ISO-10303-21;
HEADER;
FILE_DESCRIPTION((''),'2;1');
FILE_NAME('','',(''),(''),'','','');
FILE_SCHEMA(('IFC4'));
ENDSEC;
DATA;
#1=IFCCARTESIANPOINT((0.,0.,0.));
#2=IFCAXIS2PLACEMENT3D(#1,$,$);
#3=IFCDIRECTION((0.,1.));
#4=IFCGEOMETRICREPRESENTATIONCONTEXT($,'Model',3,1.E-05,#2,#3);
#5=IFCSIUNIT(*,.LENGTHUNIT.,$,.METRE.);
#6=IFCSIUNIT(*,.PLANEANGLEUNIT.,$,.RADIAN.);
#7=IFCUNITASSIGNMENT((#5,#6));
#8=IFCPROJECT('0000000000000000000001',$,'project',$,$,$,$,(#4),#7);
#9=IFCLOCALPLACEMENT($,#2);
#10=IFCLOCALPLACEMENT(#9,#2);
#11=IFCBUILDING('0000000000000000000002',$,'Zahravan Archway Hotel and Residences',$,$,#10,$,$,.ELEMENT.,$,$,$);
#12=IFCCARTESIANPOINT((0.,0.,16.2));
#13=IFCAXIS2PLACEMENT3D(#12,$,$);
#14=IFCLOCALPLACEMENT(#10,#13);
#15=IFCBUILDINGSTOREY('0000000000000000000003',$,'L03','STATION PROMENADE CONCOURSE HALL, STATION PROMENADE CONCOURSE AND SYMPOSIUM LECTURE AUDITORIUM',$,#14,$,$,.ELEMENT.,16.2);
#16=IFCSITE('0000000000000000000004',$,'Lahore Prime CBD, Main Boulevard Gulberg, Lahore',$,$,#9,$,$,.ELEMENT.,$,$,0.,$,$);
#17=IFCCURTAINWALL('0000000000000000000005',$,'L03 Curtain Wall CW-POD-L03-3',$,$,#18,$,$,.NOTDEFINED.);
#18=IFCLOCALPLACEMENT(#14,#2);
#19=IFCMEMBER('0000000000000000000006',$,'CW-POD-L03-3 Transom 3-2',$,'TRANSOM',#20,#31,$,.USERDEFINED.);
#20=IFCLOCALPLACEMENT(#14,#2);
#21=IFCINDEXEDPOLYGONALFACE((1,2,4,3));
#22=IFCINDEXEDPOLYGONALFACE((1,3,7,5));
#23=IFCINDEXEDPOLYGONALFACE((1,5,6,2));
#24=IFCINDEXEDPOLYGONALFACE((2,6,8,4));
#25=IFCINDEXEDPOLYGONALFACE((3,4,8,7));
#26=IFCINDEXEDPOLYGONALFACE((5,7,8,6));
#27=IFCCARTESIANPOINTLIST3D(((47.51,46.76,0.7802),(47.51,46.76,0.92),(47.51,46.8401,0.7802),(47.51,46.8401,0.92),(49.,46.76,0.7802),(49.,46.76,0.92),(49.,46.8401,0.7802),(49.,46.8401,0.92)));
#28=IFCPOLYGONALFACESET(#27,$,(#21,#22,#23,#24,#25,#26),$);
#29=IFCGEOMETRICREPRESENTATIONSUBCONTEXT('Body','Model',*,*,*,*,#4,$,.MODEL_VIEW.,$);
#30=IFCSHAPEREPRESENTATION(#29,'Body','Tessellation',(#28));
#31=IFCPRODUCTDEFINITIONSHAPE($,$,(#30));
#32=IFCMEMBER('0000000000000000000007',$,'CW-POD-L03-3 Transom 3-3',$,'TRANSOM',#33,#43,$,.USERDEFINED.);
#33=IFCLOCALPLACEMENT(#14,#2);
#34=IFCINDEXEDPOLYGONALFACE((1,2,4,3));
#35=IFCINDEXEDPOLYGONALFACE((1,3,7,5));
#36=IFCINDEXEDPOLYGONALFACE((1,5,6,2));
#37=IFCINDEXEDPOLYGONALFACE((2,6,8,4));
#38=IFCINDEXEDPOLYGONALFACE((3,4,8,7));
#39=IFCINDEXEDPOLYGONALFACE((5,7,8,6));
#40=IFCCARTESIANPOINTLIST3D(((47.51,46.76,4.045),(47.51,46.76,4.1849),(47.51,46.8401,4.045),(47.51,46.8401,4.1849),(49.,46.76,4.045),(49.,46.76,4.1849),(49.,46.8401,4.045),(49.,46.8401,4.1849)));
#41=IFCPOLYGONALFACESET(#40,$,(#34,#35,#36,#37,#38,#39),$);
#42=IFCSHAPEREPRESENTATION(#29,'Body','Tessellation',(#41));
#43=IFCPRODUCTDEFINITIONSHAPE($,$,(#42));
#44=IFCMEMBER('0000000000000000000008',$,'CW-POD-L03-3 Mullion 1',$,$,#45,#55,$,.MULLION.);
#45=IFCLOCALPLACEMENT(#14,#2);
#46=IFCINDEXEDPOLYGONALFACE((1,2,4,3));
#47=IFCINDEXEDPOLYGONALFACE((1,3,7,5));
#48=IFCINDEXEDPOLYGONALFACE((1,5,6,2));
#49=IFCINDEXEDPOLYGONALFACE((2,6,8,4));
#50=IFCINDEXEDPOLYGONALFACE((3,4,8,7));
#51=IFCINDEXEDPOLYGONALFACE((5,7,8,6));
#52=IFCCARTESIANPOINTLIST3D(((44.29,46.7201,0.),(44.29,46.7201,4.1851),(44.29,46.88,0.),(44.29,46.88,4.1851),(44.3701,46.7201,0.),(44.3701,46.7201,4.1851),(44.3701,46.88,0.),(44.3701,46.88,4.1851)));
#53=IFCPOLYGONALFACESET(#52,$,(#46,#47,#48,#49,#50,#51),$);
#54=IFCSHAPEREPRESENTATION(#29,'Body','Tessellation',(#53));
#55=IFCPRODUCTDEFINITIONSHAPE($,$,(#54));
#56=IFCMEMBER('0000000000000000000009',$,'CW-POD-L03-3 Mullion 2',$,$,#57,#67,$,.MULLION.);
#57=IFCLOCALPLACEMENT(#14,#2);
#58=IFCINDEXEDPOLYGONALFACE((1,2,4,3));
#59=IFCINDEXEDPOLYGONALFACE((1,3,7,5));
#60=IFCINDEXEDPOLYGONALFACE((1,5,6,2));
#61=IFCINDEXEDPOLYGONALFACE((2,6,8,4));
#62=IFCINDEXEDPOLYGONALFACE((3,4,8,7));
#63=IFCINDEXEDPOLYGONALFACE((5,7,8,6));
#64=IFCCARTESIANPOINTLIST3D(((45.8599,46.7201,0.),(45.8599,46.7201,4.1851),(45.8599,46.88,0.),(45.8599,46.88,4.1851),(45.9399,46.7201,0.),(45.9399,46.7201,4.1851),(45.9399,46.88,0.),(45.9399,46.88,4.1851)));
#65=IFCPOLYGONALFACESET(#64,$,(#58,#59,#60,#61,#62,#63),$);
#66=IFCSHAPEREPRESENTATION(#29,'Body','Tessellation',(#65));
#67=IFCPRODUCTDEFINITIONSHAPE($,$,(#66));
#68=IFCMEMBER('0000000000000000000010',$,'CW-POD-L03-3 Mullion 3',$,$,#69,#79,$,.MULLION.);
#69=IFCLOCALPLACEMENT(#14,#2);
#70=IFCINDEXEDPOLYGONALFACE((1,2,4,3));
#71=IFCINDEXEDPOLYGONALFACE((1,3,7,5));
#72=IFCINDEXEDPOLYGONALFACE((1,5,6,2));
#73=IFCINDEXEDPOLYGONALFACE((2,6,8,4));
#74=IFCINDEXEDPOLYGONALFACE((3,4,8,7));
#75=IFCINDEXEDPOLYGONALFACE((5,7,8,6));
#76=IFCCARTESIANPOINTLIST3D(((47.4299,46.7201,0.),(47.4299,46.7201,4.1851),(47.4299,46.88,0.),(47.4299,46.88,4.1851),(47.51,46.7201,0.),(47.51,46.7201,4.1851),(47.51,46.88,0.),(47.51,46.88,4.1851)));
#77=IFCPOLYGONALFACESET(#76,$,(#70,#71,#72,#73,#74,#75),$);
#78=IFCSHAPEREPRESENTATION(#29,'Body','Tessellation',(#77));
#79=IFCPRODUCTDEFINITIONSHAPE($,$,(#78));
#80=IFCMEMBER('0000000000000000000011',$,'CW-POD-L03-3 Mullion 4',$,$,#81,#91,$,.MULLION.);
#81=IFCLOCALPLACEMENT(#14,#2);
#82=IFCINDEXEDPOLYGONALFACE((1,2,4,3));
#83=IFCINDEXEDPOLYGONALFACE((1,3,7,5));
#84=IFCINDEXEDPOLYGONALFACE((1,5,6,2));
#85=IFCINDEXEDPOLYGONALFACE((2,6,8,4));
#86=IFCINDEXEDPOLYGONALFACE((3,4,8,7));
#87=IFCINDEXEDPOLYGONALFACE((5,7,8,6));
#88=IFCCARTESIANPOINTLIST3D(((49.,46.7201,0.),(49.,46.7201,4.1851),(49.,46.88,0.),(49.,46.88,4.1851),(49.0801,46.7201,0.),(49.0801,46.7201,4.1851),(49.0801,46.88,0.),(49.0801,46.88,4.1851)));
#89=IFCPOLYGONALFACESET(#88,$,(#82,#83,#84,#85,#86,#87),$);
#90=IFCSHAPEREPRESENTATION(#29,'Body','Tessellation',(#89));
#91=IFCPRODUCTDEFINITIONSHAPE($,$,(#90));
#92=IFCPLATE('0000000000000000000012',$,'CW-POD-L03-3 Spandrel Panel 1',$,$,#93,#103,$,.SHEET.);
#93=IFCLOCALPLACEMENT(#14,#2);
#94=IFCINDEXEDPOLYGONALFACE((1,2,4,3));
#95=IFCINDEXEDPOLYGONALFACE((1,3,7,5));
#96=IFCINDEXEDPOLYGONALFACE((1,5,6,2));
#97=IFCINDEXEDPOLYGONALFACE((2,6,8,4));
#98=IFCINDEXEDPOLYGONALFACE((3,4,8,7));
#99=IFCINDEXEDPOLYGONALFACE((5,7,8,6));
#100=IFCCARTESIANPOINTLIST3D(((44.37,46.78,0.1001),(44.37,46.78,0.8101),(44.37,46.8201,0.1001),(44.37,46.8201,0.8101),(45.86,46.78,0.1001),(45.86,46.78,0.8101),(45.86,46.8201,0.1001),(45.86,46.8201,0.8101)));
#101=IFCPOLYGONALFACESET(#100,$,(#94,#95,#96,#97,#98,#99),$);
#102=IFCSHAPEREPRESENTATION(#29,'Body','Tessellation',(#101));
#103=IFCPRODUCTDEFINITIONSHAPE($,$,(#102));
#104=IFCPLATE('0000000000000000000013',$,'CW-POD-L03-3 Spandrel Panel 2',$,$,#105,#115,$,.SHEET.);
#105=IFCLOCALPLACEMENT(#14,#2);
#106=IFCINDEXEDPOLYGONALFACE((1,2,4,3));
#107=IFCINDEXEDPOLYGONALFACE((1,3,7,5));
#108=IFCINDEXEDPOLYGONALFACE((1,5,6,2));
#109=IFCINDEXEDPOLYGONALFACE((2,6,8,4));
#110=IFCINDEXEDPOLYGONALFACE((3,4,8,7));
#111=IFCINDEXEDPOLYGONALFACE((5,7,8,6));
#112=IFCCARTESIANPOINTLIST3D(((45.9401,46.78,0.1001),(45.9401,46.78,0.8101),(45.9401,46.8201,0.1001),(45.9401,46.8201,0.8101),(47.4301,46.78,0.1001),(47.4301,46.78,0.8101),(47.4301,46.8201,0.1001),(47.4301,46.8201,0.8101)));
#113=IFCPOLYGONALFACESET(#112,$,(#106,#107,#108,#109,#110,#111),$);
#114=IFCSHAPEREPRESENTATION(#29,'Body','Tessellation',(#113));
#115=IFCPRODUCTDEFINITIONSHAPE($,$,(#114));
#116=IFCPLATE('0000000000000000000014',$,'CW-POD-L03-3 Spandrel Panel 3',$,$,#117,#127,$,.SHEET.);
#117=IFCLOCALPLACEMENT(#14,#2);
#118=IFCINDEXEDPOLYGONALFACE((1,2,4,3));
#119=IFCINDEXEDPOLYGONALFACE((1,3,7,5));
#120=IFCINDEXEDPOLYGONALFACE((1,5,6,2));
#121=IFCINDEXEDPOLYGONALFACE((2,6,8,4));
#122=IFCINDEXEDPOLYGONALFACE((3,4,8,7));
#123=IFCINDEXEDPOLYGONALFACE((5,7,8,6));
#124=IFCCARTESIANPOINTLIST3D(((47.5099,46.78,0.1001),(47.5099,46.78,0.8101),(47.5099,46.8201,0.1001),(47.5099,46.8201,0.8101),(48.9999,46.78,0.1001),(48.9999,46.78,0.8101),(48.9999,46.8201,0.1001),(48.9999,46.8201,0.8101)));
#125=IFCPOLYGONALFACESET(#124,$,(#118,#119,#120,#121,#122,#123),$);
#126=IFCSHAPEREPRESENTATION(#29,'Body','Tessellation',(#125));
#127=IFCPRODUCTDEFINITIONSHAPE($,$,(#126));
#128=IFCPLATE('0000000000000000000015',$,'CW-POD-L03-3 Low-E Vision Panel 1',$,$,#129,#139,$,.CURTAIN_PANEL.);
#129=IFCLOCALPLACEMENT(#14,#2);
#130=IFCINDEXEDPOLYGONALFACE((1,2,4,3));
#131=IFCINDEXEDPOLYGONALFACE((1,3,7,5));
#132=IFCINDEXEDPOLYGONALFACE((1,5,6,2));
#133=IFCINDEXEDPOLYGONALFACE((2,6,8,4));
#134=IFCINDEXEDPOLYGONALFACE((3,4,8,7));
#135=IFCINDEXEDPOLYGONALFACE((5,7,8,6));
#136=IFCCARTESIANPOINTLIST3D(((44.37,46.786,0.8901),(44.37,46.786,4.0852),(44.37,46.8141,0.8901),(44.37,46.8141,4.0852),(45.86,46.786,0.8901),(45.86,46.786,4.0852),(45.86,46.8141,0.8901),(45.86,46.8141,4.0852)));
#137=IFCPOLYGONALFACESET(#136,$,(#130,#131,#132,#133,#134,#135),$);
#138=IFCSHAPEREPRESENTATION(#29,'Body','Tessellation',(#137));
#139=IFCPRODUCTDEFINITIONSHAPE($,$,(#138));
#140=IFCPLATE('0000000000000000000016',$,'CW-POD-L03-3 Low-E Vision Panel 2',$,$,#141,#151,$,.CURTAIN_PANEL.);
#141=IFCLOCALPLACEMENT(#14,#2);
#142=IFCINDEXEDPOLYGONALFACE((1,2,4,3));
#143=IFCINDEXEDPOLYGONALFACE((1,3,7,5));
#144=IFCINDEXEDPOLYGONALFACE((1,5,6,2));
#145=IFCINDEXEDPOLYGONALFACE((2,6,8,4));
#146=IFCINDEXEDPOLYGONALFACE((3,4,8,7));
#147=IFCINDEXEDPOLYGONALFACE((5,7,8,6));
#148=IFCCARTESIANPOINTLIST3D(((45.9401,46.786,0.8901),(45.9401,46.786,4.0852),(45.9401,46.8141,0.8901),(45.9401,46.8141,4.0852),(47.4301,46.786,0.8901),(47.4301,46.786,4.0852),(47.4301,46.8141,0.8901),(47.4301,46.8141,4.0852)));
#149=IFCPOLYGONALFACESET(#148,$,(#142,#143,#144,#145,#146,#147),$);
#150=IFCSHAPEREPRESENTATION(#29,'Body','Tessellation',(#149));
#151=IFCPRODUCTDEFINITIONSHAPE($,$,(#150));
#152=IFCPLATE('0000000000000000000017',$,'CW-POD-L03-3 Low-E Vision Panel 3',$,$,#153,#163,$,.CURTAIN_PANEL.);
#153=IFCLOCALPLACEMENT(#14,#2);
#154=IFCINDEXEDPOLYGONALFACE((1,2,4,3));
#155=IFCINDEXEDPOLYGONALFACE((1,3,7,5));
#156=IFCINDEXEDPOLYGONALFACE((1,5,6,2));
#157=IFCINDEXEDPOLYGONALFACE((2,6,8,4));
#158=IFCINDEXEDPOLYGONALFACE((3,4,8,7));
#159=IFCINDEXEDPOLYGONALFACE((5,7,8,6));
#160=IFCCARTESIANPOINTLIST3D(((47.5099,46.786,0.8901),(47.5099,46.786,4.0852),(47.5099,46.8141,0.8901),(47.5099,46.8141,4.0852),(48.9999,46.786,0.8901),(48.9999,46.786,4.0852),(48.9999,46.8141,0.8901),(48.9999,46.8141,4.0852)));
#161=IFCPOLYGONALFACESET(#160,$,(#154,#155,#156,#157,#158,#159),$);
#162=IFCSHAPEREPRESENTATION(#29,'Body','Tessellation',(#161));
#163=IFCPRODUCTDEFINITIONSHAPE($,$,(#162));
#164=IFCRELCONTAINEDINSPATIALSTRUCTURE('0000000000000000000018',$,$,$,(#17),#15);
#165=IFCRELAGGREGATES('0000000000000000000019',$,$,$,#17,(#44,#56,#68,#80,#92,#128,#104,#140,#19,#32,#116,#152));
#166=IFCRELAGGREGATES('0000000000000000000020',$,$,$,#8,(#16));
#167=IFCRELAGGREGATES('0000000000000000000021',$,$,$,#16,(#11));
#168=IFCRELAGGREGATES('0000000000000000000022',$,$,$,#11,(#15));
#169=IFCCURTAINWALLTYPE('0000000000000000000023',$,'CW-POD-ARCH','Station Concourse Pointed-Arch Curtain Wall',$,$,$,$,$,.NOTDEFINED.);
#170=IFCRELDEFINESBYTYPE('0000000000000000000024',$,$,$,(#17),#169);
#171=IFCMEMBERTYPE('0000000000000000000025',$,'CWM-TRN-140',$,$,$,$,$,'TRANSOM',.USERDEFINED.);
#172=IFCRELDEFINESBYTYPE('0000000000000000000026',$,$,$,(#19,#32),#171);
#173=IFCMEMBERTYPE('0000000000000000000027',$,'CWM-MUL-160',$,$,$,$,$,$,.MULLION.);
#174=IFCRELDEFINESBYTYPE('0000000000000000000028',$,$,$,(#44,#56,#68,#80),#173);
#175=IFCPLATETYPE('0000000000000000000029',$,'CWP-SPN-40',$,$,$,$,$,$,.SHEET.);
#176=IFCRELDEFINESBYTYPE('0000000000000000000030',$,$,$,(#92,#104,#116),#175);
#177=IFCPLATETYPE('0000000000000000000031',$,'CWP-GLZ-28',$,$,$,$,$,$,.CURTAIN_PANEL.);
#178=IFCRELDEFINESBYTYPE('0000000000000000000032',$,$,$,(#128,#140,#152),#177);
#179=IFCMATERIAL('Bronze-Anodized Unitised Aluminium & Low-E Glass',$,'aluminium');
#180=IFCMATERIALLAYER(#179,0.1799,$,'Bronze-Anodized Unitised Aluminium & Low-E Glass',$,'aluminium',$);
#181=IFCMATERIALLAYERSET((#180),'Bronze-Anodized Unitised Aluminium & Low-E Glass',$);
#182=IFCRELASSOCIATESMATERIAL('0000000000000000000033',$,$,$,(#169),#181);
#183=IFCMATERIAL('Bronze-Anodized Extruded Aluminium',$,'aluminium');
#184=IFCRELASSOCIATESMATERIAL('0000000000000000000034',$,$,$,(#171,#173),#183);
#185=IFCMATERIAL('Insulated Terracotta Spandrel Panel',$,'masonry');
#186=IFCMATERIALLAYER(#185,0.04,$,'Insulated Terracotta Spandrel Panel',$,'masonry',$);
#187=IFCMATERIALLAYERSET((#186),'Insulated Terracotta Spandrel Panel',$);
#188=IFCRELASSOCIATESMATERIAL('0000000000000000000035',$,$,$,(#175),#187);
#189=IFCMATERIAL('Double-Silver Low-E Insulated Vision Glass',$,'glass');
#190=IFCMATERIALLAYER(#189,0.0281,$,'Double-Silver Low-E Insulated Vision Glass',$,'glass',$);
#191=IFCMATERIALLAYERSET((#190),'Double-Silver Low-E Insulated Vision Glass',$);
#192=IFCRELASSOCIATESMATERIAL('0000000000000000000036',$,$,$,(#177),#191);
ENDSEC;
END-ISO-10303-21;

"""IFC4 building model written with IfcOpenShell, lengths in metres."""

from ifc_helpers import new_model, si_unit, direction, frame, origin, origin_2d, place, context, subcontext, project, spatial, rectangle, extrude, source, transform, mapped, material, layer, layer_set, material_profile, profile_set, type_object, element, aggregate, save


model = new_model("IFC4")

# Units and contexts
model_context = context("Model", 3, precision=1e-05, world=origin(), true_north=direction((0.0, 1.0)))
body_context = subcontext(model_context, "Body", "Model", "MODEL_VIEW")
ifc_project = project(units=[si_unit("LENGTHUNIT", "METRE"), si_unit("PLANEANGLEUNIT", "RADIAN")], contexts=[model_context])

# Site, building, storey
site_placement = place(None, origin())
site = spatial("IfcSite", under=ifc_project, at=site_placement, Name="Lahore Prime CBD, Main Boulevard Gulberg, Lahore", CompositionType="ELEMENT", RefElevation=0.0)
building_placement = place(site_placement, origin())
building = spatial("IfcBuilding", under=site, at=building_placement, Name="Zahravan Archway Hotel and Residences", CompositionType="ELEMENT")
storey_placement = place(building_placement, frame((0.0, 0.0, 16.2)))
storey = spatial("IfcBuildingStorey", under=building, at=storey_placement, Name="L03", Description="STATION PROMENADE CONCOURSE HALL, STATION PROMENADE CONCOURSE AND SYMPOSIUM LECTURE AUDITORIUM", CompositionType="ELEMENT", Elevation=16.2)

# Curtain wall, members, plates
ifc_material_1 = material(Name="Bronze-Anodized Unitised Aluminium & Low-E Glass", Category="aluminium")
ifc_layer_1 = layer(ifc_material_1, 0.1799, Name="Bronze-Anodized Unitised Aluminium & Low-E Glass", Category="aluminium")
ifc_layer_set_1 = layer_set([ifc_layer_1], Name="Bronze-Anodized Unitised Aluminium & Low-E Glass")
curtain_wall_type = type_object("IfcCurtainWallType", Name="CW-POD-ARCH", Description="Station Concourse Pointed-Arch Curtain Wall", PredefinedType="NOTDEFINED", material=ifc_layer_set_1)
curtain_wall_placement = place(storey_placement, origin())
curtain_wall = element("IfcCurtainWall", 1, at=curtain_wall_placement, inside=storey, type_object=curtain_wall_type, Name="L03 Curtain Wall CW-POD-L03-3", PredefinedType="NOTDEFINED")
ifc_material_2 = material(Name="Bronze-Anodized Extruded Aluminium", Category="aluminium")
ifc_material_profile_1 = material_profile(ifc_material_2, rectangle(XDim=0.0801, YDim=0.1399, at=origin_2d()), Name="TRN 80x140", Category="aluminium")
ifc_profile_set_1 = profile_set([ifc_material_profile_1], Name="Bronze-Anodized Extruded Aluminium")
member_type_1 = type_object("IfcMemberType", Name="CWM-TRN-140", ElementType="TRANSOM", PredefinedType="USERDEFINED", material=ifc_profile_set_1)
shared_shape_1 = source(origin(), body_context, "Body", "SweptSolid", [
    extrude(rectangle(XDim=0.0801, YDim=0.1399, at=origin_2d()), origin(), (0.0, 0.0, 1.0), 1.49),
])
member_1_placement = place(storey_placement, frame((47.51, 46.8, 0.8501), z_axis=(1.0, 0.0, 0.0), x_axis=(0.0, 1.0, 0.0)))
member_1 = element("IfcMember", 2, at=member_1_placement, type_object=member_type_1, Name="CW-POD-L03-3 Transom 3-2", ObjectType="TRANSOM", PredefinedType="USERDEFINED", context=body_context, shape_type="MappedRepresentation", body=[
    mapped(shared_shape_1, transform((0.0, 0.0, 0.0), scale=1.0)),
])
member_2_placement = place(storey_placement, frame((47.51, 46.8, 4.115), z_axis=(1.0, 0.0, 0.0), x_axis=(0.0, 1.0, 0.0)))
member_2 = element("IfcMember", 3, at=member_2_placement, type_object=member_type_1, Name="CW-POD-L03-3 Transom 3-3", ObjectType="TRANSOM", PredefinedType="USERDEFINED", context=body_context, shape_type="MappedRepresentation", body=[
    mapped(shared_shape_1, transform((0.0, 0.0, 0.0), scale=1.0)),
])
ifc_material_profile_2 = material_profile(ifc_material_2, rectangle(XDim=0.0801, YDim=0.1599, at=origin_2d()), Name="MUL 80x160", Category="aluminium")
ifc_profile_set_2 = profile_set([ifc_material_profile_2], Name="Bronze-Anodized Extruded Aluminium")
member_type_2 = type_object("IfcMemberType", Name="CWM-MUL-160", PredefinedType="MULLION", material=ifc_profile_set_2)
shared_shape_2 = source(origin(), body_context, "Body", "SweptSolid", [
    extrude(rectangle(XDim=0.0801, YDim=0.1599, at=origin_2d()), origin(), (0.0, 0.0, 1.0), 4.1851),
])
member_3_placement = place(storey_placement, frame((44.3301, 46.8, 0.0), z_axis=(0.0, 0.0, 1.0), x_axis=(1.0, 0.0, 0.0)))
member_3 = element("IfcMember", 4, at=member_3_placement, type_object=member_type_2, Name="CW-POD-L03-3 Mullion 1", PredefinedType="MULLION", context=body_context, shape_type="MappedRepresentation", body=[
    mapped(shared_shape_2, transform((0.0, 0.0, 0.0), scale=1.0)),
])
member_4_placement = place(storey_placement, frame((45.8999, 46.8, 0.0), z_axis=(0.0, 0.0, 1.0), x_axis=(1.0, 0.0, 0.0)))
member_4 = element("IfcMember", 5, at=member_4_placement, type_object=member_type_2, Name="CW-POD-L03-3 Mullion 2", PredefinedType="MULLION", context=body_context, shape_type="MappedRepresentation", body=[
    mapped(shared_shape_2, transform((0.0, 0.0, 0.0), scale=1.0)),
])
member_5_placement = place(storey_placement, frame((47.47, 46.8, 0.0), z_axis=(0.0, 0.0, 1.0), x_axis=(1.0, 0.0, 0.0)))
member_5 = element("IfcMember", 6, at=member_5_placement, type_object=member_type_2, Name="CW-POD-L03-3 Mullion 3", PredefinedType="MULLION", context=body_context, shape_type="MappedRepresentation", body=[
    mapped(shared_shape_2, transform((0.0, 0.0, 0.0), scale=1.0)),
])
member_6_placement = place(storey_placement, frame((49.04, 46.8, 0.0), z_axis=(0.0, 0.0, 1.0), x_axis=(1.0, 0.0, 0.0)))
member_6 = element("IfcMember", 7, at=member_6_placement, type_object=member_type_2, Name="CW-POD-L03-3 Mullion 4", PredefinedType="MULLION", context=body_context, shape_type="MappedRepresentation", body=[
    mapped(shared_shape_2, transform((0.0, 0.0, 0.0), scale=1.0)),
])
ifc_material_3 = material(Name="Insulated Terracotta Spandrel Panel", Category="masonry")
ifc_layer_2 = layer(ifc_material_3, 0.04, Name="Insulated Terracotta Spandrel Panel", Category="masonry")
ifc_layer_set_2 = layer_set([ifc_layer_2], Name="Insulated Terracotta Spandrel Panel")
plate_type_1 = type_object("IfcPlateType", Name="CWP-SPN-40", PredefinedType="SHEET", material=ifc_layer_set_2)
shared_shape_3 = source(origin(), body_context, "Body", "SweptSolid", [
    extrude(rectangle(XDim=1.49, YDim=0.04, at=origin_2d()), origin(), (0.0, 0.0, 1.0), 0.71),
])
plate_1_placement = place(storey_placement, frame((45.115, 46.8, 0.1001), z_axis=(0.0, 0.0, 1.0), x_axis=(1.0, 0.0, 0.0)))
plate_1 = element("IfcPlate", 8, at=plate_1_placement, type_object=plate_type_1, Name="CW-POD-L03-3 Spandrel Panel 1", PredefinedType="SHEET", context=body_context, shape_type="MappedRepresentation", body=[
    mapped(shared_shape_3, transform((0.0, 0.0, 0.0), scale=1.0)),
])
plate_2_placement = place(storey_placement, frame((46.6851, 46.8, 0.1001), z_axis=(0.0, 0.0, 1.0), x_axis=(1.0, 0.0, 0.0)))
plate_2 = element("IfcPlate", 9, at=plate_2_placement, type_object=plate_type_1, Name="CW-POD-L03-3 Spandrel Panel 2", PredefinedType="SHEET", context=body_context, shape_type="MappedRepresentation", body=[
    mapped(shared_shape_3, transform((0.0, 0.0, 0.0), scale=1.0)),
])
plate_3_placement = place(storey_placement, frame((48.2549, 46.8, 0.1001), z_axis=(0.0, 0.0, 1.0), x_axis=(1.0, 0.0, 0.0)))
plate_3 = element("IfcPlate", 10, at=plate_3_placement, type_object=plate_type_1, Name="CW-POD-L03-3 Spandrel Panel 3", PredefinedType="SHEET", context=body_context, shape_type="MappedRepresentation", body=[
    mapped(shared_shape_3, transform((0.0, 0.0, 0.0), scale=1.0)),
])
ifc_material_4 = material(Name="Double-Silver Low-E Insulated Vision Glass", Category="glass")
ifc_layer_3 = layer(ifc_material_4, 0.0281, Name="Double-Silver Low-E Insulated Vision Glass", Category="glass")
ifc_layer_set_3 = layer_set([ifc_layer_3], Name="Double-Silver Low-E Insulated Vision Glass")
plate_type_2 = type_object("IfcPlateType", Name="CWP-GLZ-28", PredefinedType="CURTAIN_PANEL", material=ifc_layer_set_3)
shared_shape_4 = source(origin(), body_context, "Body", "SweptSolid", [
    extrude(rectangle(XDim=1.49, YDim=0.0281, at=origin_2d()), origin(), (0.0, 0.0, 1.0), 3.1951),
])
plate_4_placement = place(storey_placement, frame((45.115, 46.8, 0.8901), z_axis=(0.0, 0.0, 1.0), x_axis=(1.0, 0.0, 0.0)))
plate_4 = element("IfcPlate", 11, at=plate_4_placement, type_object=plate_type_2, Name="CW-POD-L03-3 Low-E Vision Panel 1", PredefinedType="CURTAIN_PANEL", context=body_context, shape_type="MappedRepresentation", body=[
    mapped(shared_shape_4, transform((0.0, 0.0, 0.0), scale=1.0)),
])
plate_5_placement = place(storey_placement, frame((46.6851, 46.8, 0.8901), z_axis=(0.0, 0.0, 1.0), x_axis=(1.0, 0.0, 0.0)))
plate_5 = element("IfcPlate", 12, at=plate_5_placement, type_object=plate_type_2, Name="CW-POD-L03-3 Low-E Vision Panel 2", PredefinedType="CURTAIN_PANEL", context=body_context, shape_type="MappedRepresentation", body=[
    mapped(shared_shape_4, transform((0.0, 0.0, 0.0), scale=1.0)),
])
plate_6_placement = place(storey_placement, frame((48.2549, 46.8, 0.8901), z_axis=(0.0, 0.0, 1.0), x_axis=(1.0, 0.0, 0.0)))
plate_6 = element("IfcPlate", 13, at=plate_6_placement, type_object=plate_type_2, Name="CW-POD-L03-3 Low-E Vision Panel 3", PredefinedType="CURTAIN_PANEL", context=body_context, shape_type="MappedRepresentation", body=[
    mapped(shared_shape_4, transform((0.0, 0.0, 0.0), scale=1.0)),
])
aggregate(curtain_wall, [member_3, member_4, member_5, member_6, plate_1, plate_4, plate_2, plate_5, member_1, member_2, plate_3, plate_6])

save(model, "model.ifc")
